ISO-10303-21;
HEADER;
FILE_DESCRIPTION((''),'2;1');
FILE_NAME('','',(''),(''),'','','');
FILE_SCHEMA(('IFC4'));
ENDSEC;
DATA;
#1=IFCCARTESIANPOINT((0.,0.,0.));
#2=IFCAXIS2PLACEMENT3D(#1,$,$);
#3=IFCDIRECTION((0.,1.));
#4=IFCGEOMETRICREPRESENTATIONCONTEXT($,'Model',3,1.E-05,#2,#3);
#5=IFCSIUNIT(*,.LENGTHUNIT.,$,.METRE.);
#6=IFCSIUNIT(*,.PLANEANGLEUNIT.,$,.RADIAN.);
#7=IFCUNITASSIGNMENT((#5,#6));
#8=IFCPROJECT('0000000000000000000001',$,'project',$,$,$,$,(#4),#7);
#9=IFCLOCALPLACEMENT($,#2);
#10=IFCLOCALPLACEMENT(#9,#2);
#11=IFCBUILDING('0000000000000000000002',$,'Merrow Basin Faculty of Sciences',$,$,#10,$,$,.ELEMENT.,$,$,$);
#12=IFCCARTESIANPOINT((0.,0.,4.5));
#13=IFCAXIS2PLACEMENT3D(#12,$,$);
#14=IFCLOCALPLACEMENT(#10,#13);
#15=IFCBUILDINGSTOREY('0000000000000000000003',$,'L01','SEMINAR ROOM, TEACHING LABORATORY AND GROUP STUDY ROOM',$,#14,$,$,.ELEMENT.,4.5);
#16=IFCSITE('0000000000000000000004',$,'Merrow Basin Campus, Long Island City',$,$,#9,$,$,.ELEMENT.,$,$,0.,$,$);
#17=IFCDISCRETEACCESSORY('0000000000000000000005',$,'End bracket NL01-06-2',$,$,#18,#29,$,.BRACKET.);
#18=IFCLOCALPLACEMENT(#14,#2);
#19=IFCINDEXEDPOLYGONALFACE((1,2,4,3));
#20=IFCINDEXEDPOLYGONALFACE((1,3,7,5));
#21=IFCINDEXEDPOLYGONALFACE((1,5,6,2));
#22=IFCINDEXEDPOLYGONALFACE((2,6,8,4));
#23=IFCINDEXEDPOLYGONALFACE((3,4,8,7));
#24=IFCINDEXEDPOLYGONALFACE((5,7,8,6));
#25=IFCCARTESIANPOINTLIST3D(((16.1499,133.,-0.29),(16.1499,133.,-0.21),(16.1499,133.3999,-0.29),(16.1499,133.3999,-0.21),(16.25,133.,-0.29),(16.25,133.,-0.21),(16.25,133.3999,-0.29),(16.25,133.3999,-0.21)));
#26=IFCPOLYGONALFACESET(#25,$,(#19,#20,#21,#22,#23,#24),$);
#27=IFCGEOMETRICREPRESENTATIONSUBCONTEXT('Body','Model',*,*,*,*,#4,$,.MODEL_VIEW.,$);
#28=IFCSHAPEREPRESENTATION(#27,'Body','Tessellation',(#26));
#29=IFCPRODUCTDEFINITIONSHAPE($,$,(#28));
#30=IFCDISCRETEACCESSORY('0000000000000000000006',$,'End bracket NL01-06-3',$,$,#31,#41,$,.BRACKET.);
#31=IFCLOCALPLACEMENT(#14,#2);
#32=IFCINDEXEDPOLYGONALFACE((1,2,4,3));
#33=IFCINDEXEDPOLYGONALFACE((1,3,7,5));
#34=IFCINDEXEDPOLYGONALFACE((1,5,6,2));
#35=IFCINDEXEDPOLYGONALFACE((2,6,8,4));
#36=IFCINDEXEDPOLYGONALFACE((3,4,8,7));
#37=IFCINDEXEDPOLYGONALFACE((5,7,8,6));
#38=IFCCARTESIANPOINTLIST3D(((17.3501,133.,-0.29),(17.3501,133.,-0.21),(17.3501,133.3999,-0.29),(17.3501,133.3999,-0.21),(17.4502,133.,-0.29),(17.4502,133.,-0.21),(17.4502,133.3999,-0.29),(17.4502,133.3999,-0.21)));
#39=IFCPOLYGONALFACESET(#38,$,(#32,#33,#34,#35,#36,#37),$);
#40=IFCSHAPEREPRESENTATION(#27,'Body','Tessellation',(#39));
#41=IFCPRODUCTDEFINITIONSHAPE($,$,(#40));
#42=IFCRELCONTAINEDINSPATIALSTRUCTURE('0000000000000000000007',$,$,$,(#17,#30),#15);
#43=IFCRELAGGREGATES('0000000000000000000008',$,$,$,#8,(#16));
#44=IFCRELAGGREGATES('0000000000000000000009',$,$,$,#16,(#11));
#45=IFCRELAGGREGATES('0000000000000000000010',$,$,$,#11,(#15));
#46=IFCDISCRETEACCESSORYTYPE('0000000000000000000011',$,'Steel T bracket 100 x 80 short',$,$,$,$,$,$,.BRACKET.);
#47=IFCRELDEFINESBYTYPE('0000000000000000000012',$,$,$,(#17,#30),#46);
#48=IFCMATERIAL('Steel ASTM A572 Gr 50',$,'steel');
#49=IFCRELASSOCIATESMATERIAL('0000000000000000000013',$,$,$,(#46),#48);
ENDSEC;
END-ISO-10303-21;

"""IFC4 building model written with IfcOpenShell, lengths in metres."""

from ifc_helpers import new_model, si_unit, direction, frame, origin, place, context, subcontext, project, spatial, polyline, outline, extrude, source, transform, mapped, material, type_object, element, save


model = new_model("IFC4")

# Units and contexts
model_context = context("Model", 3, precision=1e-05, world=origin(), true_north=direction((0.0, 1.0)))
body_context = subcontext(model_context, "Body", "Model", "MODEL_VIEW")
ifc_project = project(units=[si_unit("LENGTHUNIT", "METRE"), si_unit("PLANEANGLEUNIT", "RADIAN")], contexts=[model_context])

# Site, building, storey
site_placement = place(None, origin())
site = spatial("IfcSite", under=ifc_project, at=site_placement, Name="Merrow Basin Campus, Long Island City", CompositionType="ELEMENT", RefElevation=0.0)
building_placement = place(site_placement, origin())
building = spatial("IfcBuilding", under=site, at=building_placement, Name="Merrow Basin Faculty of Sciences", CompositionType="ELEMENT")
storey_placement = place(building_placement, frame((0.0, 0.0, 4.5)))
storey = spatial("IfcBuildingStorey", under=building, at=storey_placement, Name="L01", Description="SEMINAR ROOM, TEACHING LABORATORY AND GROUP STUDY ROOM", CompositionType="ELEMENT", Elevation=4.5)

# Discrete accessories
ifc_material_1 = material(Name="Steel ASTM A572 Gr 50", Category="steel")
discrete_accessory_type = type_object("IfcDiscreteAccessoryType", Name="Steel T bracket 100 x 80 short", PredefinedType="BRACKET", material=ifc_material_1)
shared_shape_1 = source(origin(), body_context, "Body", "SweptSolid", [
    extrude(outline(polyline([(0.0, 0.0), (0.1001, 0.0), (0.1001, 0.0801), (0.0, 0.0801), (0.0, 0.0)])), origin(), (0.0, 0.0, 1.0), 0.3999),
])
for number, where, z_axis, x_axis, name in (
    (1, (16.1499, 133.3999, -0.29), (0.0, -1.0, 0.0), (1.0, 0.0, 0.0), "End bracket NL01-06-2"),
    (2, (17.3501, 133.3999, -0.29), (0.0, -1.0, 0.0), (1.0, 0.0, 0.0), "End bracket NL01-06-3"),
):
    element("IfcDiscreteAccessory", number, at=place(storey_placement, frame(where, z_axis=z_axis, x_axis=x_axis)), inside=storey, type_object=discrete_accessory_type, Name=name, PredefinedType="BRACKET", context=body_context, shape_type="MappedRepresentation", body=[
        mapped(shared_shape_1, transform((0.0, 0.0, 0.0), scale=1.0)),
    ])

save(model, "model.ifc")
